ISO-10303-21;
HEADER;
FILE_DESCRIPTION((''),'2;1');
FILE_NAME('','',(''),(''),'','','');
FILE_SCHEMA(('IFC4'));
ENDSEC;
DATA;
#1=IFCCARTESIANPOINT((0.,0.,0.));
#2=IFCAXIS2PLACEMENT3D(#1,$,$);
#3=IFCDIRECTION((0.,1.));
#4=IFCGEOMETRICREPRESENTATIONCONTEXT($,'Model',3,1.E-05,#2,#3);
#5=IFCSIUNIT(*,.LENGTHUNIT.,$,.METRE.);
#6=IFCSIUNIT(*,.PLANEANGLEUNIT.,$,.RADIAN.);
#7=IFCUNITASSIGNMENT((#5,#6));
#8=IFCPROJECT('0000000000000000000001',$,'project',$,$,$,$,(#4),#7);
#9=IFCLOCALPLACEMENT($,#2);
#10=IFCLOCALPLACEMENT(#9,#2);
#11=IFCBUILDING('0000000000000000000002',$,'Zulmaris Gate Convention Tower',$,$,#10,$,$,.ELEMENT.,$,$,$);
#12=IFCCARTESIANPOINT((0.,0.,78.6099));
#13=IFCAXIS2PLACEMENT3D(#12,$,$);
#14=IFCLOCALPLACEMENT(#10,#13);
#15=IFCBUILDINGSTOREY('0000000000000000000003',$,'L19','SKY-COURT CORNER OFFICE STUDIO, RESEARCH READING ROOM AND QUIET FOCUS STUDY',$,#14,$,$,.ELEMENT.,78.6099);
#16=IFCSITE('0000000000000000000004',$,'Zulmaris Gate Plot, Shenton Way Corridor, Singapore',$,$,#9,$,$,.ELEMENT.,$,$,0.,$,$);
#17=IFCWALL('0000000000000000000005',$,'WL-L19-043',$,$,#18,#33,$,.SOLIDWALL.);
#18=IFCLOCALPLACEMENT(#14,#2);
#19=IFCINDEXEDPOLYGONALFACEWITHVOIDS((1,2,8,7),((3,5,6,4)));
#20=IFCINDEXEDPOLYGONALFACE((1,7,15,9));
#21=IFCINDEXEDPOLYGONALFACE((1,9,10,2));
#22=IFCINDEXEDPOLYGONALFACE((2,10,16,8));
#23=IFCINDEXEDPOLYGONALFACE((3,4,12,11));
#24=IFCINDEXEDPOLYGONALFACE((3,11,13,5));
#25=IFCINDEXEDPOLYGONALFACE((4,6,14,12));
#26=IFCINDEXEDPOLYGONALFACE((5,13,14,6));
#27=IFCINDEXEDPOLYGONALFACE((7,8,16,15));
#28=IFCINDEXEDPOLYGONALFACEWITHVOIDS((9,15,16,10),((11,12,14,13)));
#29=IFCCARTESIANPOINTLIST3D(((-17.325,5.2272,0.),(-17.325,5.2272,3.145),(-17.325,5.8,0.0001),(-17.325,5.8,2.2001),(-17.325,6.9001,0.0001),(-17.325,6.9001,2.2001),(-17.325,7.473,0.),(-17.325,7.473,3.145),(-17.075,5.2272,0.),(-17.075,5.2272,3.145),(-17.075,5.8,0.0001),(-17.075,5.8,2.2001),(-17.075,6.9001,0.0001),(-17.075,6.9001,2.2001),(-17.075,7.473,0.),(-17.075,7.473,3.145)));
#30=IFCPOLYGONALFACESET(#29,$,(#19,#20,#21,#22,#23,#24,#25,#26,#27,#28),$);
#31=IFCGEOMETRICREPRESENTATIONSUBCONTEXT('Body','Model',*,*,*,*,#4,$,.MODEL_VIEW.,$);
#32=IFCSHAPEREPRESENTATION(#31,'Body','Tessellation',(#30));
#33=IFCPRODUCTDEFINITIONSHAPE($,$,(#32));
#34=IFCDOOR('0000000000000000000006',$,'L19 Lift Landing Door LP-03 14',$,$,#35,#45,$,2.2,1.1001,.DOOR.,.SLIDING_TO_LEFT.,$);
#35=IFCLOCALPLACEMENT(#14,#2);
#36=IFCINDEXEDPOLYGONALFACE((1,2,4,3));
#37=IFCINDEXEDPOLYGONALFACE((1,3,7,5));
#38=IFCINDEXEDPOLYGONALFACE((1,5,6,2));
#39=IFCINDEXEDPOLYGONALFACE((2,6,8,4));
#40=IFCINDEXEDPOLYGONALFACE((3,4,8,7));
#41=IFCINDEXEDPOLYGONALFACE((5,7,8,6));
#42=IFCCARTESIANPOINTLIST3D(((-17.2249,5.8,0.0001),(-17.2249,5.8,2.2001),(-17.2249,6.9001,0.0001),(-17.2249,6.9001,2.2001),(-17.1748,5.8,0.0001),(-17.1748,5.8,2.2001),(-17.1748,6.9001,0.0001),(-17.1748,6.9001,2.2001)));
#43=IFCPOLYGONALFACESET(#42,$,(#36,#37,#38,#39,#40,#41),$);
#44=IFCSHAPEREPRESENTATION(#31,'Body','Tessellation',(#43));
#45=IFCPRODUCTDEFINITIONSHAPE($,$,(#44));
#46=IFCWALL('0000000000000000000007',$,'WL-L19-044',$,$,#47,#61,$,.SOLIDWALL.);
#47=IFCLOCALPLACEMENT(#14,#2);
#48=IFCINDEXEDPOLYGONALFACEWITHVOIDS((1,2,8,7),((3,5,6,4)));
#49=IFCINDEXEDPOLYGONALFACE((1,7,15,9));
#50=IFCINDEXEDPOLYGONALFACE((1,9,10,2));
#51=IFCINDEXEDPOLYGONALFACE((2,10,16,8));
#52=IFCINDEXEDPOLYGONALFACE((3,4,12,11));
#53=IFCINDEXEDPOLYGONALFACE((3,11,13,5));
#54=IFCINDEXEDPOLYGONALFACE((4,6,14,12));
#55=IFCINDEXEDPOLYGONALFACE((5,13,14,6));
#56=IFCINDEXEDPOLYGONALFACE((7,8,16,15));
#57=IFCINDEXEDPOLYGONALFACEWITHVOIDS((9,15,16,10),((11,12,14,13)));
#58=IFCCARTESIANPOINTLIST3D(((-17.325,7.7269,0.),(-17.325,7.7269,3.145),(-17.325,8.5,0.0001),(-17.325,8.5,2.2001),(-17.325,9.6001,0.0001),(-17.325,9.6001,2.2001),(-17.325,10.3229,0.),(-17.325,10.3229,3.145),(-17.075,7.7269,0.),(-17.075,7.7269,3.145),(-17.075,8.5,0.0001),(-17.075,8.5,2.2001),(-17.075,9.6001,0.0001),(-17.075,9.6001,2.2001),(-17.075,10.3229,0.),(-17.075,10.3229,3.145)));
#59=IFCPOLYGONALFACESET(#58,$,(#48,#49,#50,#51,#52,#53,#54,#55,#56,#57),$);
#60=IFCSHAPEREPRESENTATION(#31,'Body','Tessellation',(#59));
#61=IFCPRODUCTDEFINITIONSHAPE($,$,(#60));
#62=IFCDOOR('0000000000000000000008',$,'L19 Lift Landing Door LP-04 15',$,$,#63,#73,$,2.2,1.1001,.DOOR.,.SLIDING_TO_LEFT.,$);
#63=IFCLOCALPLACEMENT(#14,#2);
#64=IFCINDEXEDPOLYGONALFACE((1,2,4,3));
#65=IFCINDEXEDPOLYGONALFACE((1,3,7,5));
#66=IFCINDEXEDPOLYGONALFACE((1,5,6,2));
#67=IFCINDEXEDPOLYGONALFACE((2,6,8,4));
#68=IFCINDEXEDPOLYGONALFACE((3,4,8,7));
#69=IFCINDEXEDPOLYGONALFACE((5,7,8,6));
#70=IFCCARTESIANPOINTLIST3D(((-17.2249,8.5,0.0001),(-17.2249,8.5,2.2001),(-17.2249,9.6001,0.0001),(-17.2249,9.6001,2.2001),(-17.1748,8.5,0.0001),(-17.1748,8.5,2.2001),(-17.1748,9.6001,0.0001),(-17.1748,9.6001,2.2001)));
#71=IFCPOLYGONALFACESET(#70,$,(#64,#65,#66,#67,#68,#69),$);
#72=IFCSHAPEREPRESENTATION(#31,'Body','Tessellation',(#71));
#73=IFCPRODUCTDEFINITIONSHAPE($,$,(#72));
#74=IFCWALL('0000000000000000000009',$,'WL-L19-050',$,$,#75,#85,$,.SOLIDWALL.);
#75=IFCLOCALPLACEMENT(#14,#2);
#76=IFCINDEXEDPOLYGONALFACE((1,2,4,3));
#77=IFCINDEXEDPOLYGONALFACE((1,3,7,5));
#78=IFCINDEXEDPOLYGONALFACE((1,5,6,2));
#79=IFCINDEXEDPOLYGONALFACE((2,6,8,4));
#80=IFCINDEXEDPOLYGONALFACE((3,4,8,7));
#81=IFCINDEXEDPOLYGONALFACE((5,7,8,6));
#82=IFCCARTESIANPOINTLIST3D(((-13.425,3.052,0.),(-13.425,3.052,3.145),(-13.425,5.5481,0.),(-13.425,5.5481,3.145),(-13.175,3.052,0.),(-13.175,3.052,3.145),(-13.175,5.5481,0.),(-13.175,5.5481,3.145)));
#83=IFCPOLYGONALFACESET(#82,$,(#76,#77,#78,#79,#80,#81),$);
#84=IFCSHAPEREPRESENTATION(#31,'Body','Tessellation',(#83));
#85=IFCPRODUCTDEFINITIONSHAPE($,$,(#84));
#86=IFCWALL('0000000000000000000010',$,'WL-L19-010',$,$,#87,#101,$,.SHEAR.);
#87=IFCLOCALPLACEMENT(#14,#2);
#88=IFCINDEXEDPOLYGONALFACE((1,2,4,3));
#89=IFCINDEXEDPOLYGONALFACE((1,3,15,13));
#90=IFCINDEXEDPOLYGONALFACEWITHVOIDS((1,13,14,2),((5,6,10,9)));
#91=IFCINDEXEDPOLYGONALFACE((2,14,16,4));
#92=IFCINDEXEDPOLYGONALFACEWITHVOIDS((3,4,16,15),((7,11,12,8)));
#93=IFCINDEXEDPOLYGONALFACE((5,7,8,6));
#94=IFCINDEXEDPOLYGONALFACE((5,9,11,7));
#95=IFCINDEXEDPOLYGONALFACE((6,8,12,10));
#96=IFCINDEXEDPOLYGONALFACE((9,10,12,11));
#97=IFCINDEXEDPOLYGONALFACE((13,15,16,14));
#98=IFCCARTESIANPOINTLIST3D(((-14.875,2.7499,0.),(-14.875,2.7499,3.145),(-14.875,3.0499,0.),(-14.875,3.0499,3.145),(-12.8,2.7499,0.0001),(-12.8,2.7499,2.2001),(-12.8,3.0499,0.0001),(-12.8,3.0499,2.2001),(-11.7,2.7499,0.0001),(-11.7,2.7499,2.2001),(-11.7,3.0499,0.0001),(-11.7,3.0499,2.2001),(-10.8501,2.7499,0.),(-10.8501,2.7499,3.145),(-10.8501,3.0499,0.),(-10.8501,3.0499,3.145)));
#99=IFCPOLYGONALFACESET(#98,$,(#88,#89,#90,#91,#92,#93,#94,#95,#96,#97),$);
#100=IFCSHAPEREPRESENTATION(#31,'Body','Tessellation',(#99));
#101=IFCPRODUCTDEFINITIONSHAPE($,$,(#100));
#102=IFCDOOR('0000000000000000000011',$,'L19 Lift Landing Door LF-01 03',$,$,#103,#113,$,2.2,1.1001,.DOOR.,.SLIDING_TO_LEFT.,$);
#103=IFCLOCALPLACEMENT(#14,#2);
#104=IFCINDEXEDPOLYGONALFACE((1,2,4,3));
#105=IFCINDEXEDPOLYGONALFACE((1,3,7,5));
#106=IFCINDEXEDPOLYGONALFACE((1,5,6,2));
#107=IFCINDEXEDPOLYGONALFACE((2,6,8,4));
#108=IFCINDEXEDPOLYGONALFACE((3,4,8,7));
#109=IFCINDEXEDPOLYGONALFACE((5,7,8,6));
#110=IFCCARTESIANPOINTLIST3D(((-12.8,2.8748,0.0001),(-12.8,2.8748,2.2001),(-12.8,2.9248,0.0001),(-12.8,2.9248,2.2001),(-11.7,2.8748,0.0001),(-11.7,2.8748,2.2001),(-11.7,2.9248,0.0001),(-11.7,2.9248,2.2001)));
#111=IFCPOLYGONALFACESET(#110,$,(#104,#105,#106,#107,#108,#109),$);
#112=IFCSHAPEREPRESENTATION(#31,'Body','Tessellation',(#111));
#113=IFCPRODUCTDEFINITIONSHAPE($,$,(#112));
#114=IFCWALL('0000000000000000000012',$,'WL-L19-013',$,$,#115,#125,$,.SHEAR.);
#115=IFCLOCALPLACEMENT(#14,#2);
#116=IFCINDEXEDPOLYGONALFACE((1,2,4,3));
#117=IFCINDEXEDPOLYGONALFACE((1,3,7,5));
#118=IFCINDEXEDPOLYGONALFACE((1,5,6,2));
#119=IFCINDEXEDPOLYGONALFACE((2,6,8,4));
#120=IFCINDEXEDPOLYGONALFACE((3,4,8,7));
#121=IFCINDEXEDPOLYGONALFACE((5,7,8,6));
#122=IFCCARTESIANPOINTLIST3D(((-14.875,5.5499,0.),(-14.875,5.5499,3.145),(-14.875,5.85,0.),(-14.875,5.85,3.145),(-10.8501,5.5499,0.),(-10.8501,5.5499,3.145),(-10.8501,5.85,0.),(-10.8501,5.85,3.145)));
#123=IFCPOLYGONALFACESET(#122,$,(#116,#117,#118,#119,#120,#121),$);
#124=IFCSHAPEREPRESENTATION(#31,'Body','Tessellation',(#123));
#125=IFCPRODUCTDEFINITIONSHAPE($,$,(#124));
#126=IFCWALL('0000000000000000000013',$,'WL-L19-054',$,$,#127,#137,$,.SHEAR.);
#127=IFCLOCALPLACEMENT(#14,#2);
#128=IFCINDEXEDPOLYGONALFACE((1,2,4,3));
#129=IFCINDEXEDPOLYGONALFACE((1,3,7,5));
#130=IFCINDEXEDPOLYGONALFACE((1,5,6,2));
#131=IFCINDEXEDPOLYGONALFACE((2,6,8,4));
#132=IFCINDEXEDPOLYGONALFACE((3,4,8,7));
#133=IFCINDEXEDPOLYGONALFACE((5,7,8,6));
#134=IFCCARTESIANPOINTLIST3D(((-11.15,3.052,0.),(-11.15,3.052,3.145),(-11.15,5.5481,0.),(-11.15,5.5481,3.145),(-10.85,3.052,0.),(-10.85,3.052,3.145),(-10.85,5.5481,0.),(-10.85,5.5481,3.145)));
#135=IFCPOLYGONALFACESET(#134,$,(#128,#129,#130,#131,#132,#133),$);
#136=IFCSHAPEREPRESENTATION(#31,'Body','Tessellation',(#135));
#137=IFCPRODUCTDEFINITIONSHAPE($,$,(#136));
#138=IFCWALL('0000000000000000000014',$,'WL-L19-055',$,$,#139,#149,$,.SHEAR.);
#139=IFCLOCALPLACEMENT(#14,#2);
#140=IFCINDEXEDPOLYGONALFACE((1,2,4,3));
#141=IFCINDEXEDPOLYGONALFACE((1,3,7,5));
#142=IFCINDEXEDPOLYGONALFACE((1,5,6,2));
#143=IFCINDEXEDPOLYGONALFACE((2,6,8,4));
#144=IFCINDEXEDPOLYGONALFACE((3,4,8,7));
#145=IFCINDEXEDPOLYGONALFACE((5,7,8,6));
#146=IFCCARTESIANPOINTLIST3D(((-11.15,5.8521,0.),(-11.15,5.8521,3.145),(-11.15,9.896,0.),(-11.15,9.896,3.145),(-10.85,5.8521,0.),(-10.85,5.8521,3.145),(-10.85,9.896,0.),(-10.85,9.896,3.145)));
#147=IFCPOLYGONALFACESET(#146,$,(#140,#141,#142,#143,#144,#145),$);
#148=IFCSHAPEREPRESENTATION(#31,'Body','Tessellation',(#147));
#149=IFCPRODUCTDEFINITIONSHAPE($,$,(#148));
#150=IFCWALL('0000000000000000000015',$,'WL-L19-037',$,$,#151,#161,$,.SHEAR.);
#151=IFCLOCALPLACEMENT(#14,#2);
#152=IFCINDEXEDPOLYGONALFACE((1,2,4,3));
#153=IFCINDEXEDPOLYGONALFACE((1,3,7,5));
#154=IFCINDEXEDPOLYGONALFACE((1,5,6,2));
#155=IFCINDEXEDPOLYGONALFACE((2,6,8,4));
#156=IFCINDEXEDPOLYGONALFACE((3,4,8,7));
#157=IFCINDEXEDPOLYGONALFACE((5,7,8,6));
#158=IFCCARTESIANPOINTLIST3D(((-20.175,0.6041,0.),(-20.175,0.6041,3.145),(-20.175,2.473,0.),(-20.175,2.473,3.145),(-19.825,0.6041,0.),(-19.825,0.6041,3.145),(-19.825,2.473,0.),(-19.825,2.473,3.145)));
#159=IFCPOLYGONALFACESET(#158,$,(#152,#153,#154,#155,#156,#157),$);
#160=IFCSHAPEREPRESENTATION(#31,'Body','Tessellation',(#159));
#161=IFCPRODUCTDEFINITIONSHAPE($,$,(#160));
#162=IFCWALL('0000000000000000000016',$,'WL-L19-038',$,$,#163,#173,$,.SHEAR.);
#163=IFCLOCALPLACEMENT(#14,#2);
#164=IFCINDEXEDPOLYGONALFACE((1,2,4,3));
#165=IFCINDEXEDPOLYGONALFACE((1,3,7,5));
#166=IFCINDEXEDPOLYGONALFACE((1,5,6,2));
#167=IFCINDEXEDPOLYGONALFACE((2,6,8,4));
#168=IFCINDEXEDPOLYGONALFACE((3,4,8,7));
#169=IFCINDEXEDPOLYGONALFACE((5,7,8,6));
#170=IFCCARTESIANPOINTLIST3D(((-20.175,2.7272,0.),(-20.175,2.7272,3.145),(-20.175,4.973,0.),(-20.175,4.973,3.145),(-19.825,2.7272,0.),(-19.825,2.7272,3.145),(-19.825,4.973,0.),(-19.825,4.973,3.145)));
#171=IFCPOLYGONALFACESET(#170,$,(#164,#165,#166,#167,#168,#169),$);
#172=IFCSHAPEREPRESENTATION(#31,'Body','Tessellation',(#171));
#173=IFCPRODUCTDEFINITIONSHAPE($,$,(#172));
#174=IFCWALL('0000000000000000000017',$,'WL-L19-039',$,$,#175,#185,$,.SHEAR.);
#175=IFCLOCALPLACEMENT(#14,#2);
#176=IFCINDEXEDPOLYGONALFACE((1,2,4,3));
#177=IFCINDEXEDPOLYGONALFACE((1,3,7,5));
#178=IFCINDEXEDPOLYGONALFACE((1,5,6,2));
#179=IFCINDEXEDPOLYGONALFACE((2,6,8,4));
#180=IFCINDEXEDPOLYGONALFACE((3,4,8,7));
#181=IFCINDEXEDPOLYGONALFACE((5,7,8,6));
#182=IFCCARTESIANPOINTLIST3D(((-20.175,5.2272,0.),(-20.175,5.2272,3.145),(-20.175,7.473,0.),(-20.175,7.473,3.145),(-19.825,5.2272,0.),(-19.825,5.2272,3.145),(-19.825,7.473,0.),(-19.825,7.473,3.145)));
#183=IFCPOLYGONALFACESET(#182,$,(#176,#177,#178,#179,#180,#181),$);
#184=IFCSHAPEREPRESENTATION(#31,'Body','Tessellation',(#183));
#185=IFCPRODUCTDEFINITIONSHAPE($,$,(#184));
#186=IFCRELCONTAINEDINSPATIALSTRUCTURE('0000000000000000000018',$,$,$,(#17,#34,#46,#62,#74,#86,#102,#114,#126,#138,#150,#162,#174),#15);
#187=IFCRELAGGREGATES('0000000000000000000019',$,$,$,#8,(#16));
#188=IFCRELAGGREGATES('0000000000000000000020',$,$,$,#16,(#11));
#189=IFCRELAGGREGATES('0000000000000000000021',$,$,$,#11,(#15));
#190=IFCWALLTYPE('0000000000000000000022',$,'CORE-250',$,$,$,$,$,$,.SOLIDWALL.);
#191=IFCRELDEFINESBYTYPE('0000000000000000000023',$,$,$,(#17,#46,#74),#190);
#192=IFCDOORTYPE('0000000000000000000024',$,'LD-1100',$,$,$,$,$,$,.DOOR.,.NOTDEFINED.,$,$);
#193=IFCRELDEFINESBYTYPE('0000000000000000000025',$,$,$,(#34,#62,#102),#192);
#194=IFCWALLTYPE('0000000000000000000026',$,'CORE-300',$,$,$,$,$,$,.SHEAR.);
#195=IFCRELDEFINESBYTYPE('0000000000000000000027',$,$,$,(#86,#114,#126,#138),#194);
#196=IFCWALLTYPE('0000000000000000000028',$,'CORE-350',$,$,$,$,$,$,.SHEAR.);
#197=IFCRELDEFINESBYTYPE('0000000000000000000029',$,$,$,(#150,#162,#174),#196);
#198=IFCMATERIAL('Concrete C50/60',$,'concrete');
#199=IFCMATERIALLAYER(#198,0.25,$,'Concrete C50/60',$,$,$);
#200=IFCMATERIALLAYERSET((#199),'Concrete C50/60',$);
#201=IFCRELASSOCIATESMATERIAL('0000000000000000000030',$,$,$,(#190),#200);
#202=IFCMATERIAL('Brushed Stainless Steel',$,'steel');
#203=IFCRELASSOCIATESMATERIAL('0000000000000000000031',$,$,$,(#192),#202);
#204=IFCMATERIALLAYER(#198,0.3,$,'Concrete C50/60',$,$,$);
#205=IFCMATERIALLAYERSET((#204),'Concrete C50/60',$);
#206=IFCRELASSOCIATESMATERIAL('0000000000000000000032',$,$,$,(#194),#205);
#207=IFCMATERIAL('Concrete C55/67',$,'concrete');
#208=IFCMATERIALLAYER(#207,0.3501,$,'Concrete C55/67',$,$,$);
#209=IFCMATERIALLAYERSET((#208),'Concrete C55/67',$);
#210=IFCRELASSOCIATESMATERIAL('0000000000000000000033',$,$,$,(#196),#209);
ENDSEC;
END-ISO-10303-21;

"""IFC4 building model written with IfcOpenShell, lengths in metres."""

from ifc_helpers import new_model, si_unit, direction, frame, frame_2d, origin, place, context, subcontext, project, spatial, rectangle, extrude, material, layer, layer_set, type_object, element, fill, save


model = new_model("IFC4")

# Units and contexts
model_context = context("Model", 3, precision=1e-05, world=origin(), true_north=direction((0.0, 1.0)))
body_context = subcontext(model_context, "Body", "Model", "MODEL_VIEW")
ifc_project = project(units=[si_unit("LENGTHUNIT", "METRE"), si_unit("PLANEANGLEUNIT", "RADIAN")], contexts=[model_context])

# Site, building, storey
site_placement = place(None, origin())
site = spatial("IfcSite", under=ifc_project, at=site_placement, Name="Zulmaris Gate Plot, Shenton Way Corridor, Singapore", CompositionType="ELEMENT", RefElevation=0.0)
building_placement = place(site_placement, origin())
building = spatial("IfcBuilding", under=site, at=building_placement, Name="Zulmaris Gate Convention Tower", CompositionType="ELEMENT")
storey_placement = place(building_placement, frame((0.0, 0.0, 78.6099)))
storey = spatial("IfcBuildingStorey", under=building, at=storey_placement, Name="L19", Description="SKY-COURT CORNER OFFICE STUDIO, RESEARCH READING ROOM AND QUIET FOCUS STUDY", CompositionType="ELEMENT", Elevation=78.6099)

# Shared definitions
ifc_material_1 = material(Name="Concrete C50/60", Category="concrete")
ifc_layer_1 = layer(ifc_material_1, 0.25, Name="Concrete C50/60")
ifc_layer_set_1 = layer_set([ifc_layer_1], Name="Concrete C50/60")
wall_type_1 = type_object("IfcWallType", Name="CORE-250", PredefinedType="SOLIDWALL", material=ifc_layer_set_1)

# Walls, openings, doors
ifc_material_2 = material(Name="Brushed Stainless Steel", Category="steel")
door_type_1 = type_object("IfcDoorType", Name="LD-1100", OperationType="NOTDEFINED", PredefinedType="DOOR", material=ifc_material_2)
wall_1_placement = place(storey_placement, frame((-17.2, 5.2271, 0.0), z_axis=(0.0, 0.0, 1.0), x_axis=(0.0, 1.0, 0.0)))
wall_1 = element("IfcWall", 1, at=wall_1_placement, inside=storey, type_object=wall_type_1, Name="WL-L19-043", PredefinedType="SOLIDWALL", context=body_context, shape_type="SweptSolid", body=[
    extrude(rectangle(XDim=2.2458, YDim=0.25, at=frame_2d((1.123, 0.0))), origin(), (0.0, 0.0, 1.0), 3.145),
])
opening_1_placement = place(wall_1_placement, frame((0.573, 0.0, 0.0)))
opening_1 = element("IfcOpeningElement", 2, at=opening_1_placement, cuts=wall_1, PredefinedType="OPENING", context=body_context, shape_type="SweptSolid", body=[
    extrude(rectangle(XDim=1.1001, YDim=2.2, at=frame_2d((0.55, 1.1001))), frame((0.0, 0.135, 0.0), z_axis=(0.0, -1.0, 0.0), x_axis=(1.0, 0.0, 0.0)), (0.0, 0.0, 1.0), 0.27),
])
door_1_placement = place(opening_1_placement, origin())
door_1 = element("IfcDoor", 3, at=door_1_placement, inside=storey, type_object=door_type_1, Name="L19 Lift Landing Door LP-03 14", OperationType="SLIDING_TO_LEFT", OverallHeight=2.2, OverallWidth=1.1001, PredefinedType="DOOR", context=body_context, shape_type="SweptSolid", body=[
    extrude(rectangle(XDim=1.1001, YDim=2.2, at=frame_2d((0.55, 1.1001))), frame((0.0, 0.0249, 0.0), z_axis=(0.0, -1.0, 0.0), x_axis=(1.0, 0.0, 0.0)), (0.0, 0.0, 1.0), 0.05),
])
fill(opening_1, door_1)
wall_2_placement = place(storey_placement, frame((-17.2, 7.7271, 0.0), z_axis=(0.0, 0.0, 1.0), x_axis=(0.0, 1.0, 0.0)))
wall_2 = element("IfcWall", 4, at=wall_2_placement, inside=storey, type_object=wall_type_1, Name="WL-L19-044", PredefinedType="SOLIDWALL", context=body_context, shape_type="SweptSolid", body=[
    extrude(rectangle(XDim=2.5959, YDim=0.25, at=frame_2d((1.2979, 0.0))), origin(), (0.0, 0.0, 1.0), 3.145),
])
opening_2_placement = place(wall_2_placement, frame((0.7729, 0.0, 0.0)))
opening_2 = element("IfcOpeningElement", 5, at=opening_2_placement, cuts=wall_2, PredefinedType="OPENING", context=body_context, shape_type="SweptSolid", body=[
    extrude(rectangle(XDim=1.1001, YDim=2.2, at=frame_2d((0.55, 1.1001))), frame((0.0, 0.135, 0.0), z_axis=(0.0, -1.0, 0.0), x_axis=(1.0, 0.0, 0.0)), (0.0, 0.0, 1.0), 0.27),
])
door_2_placement = place(opening_2_placement, origin())
door_2 = element("IfcDoor", 6, at=door_2_placement, inside=storey, type_object=door_type_1, Name="L19 Lift Landing Door LP-04 15", OperationType="SLIDING_TO_LEFT", OverallHeight=2.2, OverallWidth=1.1001, PredefinedType="DOOR", context=body_context, shape_type="SweptSolid", body=[
    extrude(rectangle(XDim=1.1001, YDim=2.2, at=frame_2d((0.55, 1.1001))), frame((0.0, 0.0249, 0.0), z_axis=(0.0, -1.0, 0.0), x_axis=(1.0, 0.0, 0.0)), (0.0, 0.0, 1.0), 0.05),
])
fill(opening_2, door_2)

# Wall
wall_3_placement = place(storey_placement, frame((-13.3, 3.052, 0.0), z_axis=(0.0, 0.0, 1.0), x_axis=(0.0, 1.0, 0.0)))
element("IfcWall", 7, at=wall_3_placement, inside=storey, type_object=wall_type_1, Name="WL-L19-050", PredefinedType="SOLIDWALL", context=body_context, shape_type="SweptSolid", body=[
    extrude(rectangle(XDim=2.4961, YDim=0.25, at=frame_2d((1.248, 0.0))), origin(), (0.0, 0.0, 1.0), 3.145),
])

# Wall, opening, door
ifc_layer_2 = layer(ifc_material_1, 0.3, Name="Concrete C50/60")
ifc_layer_set_2 = layer_set([ifc_layer_2], Name="Concrete C50/60")
wall_type_2 = type_object("IfcWallType", Name="CORE-300", PredefinedType="SHEAR", material=ifc_layer_set_2)
wall_4_placement = place(storey_placement, frame((-14.875, 2.8999, 0.0), z_axis=(0.0, 0.0, 1.0), x_axis=(1.0, 0.0, 0.0)))
wall_4 = element("IfcWall", 8, at=wall_4_placement, inside=storey, type_object=wall_type_2, Name="WL-L19-010", PredefinedType="SHEAR", context=body_context, shape_type="SweptSolid", body=[
    extrude(rectangle(XDim=4.0249, YDim=0.3, at=frame_2d((2.0125, 0.0))), origin(), (0.0, 0.0, 1.0), 3.145),
])
opening_3_placement = place(wall_4_placement, frame((2.075, 0.0, 0.0)))
opening_3 = element("IfcOpeningElement", 9, at=opening_3_placement, cuts=wall_4, PredefinedType="OPENING", context=body_context, shape_type="SweptSolid", body=[
    extrude(rectangle(XDim=1.1001, YDim=2.2, at=frame_2d((0.55, 1.1001))), frame((0.0, 0.1602, 0.0), z_axis=(0.0, -1.0, 0.0), x_axis=(1.0, 0.0, 0.0)), (0.0, 0.0, 1.0), 0.3201),
])
door_3_placement = place(opening_3_placement, origin())
door_3 = element("IfcDoor", 10, at=door_3_placement, inside=storey, type_object=door_type_1, Name="L19 Lift Landing Door LF-01 03", OperationType="SLIDING_TO_LEFT", OverallHeight=2.2, OverallWidth=1.1001, PredefinedType="DOOR", context=body_context, shape_type="SweptSolid", body=[
    extrude(rectangle(XDim=1.1001, YDim=2.2, at=frame_2d((0.55, 1.1001))), frame((0.0, 0.0249, 0.0), z_axis=(0.0, -1.0, 0.0), x_axis=(1.0, 0.0, 0.0)), (0.0, 0.0, 1.0), 0.05),
])
fill(opening_3, door_3)

# Wall
wall_5_placement = place(storey_placement, frame((-14.875, 5.7, 0.0), z_axis=(0.0, 0.0, 1.0), x_axis=(1.0, 0.0, 0.0)))
element("IfcWall", 11, at=wall_5_placement, inside=storey, type_object=wall_type_2, Name="WL-L19-013", PredefinedType="SHEAR", context=body_context, shape_type="SweptSolid", body=[
    extrude(rectangle(XDim=4.0249, YDim=0.3, at=frame_2d((2.0125, 0.0))), origin(), (0.0, 0.0, 1.0), 3.145),
])

# Walls
wall_6_placement = place(storey_placement, frame((-11.0, 3.052, 0.0), z_axis=(0.0, 0.0, 1.0), x_axis=(0.0, 1.0, 0.0)))
element("IfcWall", 12, at=wall_6_placement, inside=storey, type_object=wall_type_2, Name="WL-L19-054", PredefinedType="SHEAR", context=body_context, shape_type="SweptSolid", body=[
    extrude(rectangle(XDim=2.4961, YDim=0.3, at=frame_2d((1.248, 0.0))), origin(), (0.0, 0.0, 1.0), 3.145),
])
wall_7_placement = place(storey_placement, frame((-11.0, 5.8521, 0.0), z_axis=(0.0, 0.0, 1.0), x_axis=(0.0, 1.0, 0.0)))
element("IfcWall", 13, at=wall_7_placement, inside=storey, type_object=wall_type_2, Name="WL-L19-055", PredefinedType="SHEAR", context=body_context, shape_type="SweptSolid", body=[
    extrude(rectangle(XDim=4.0439, YDim=0.3, at=frame_2d((2.022, 0.0))), origin(), (0.0, 0.0, 1.0), 3.145),
])
ifc_material_3 = material(Name="Concrete C55/67", Category="concrete")
ifc_layer_3 = layer(ifc_material_3, 0.3501, Name="Concrete C55/67")
ifc_layer_set_3 = layer_set([ifc_layer_3], Name="Concrete C55/67")
wall_type_3 = type_object("IfcWallType", Name="CORE-350", PredefinedType="SHEAR", material=ifc_layer_set_3)
wall_8_placement = place(storey_placement, frame((-20.0, 0.604, 0.0), z_axis=(0.0, 0.0, 1.0), x_axis=(0.0, 1.0, 0.0)))
element("IfcWall", 14, at=wall_8_placement, inside=storey, type_object=wall_type_3, Name="WL-L19-037", PredefinedType="SHEAR", context=body_context, shape_type="SweptSolid", body=[
    extrude(rectangle(XDim=1.8689, YDim=0.3501, at=frame_2d((0.9346, 0.0))), origin(), (0.0, 0.0, 1.0), 3.145),
])
for number, where, z_axis, x_axis, name in (
    (15, (-20.0, 2.7271, 0.0), (0.0, 0.0, 1.0), (0.0, 1.0, 0.0), "WL-L19-038"),
    (16, (-20.0, 5.2271, 0.0), (0.0, 0.0, 1.0), (0.0, 1.0, 0.0), "WL-L19-039"),
):
    element("IfcWall", number, at=place(storey_placement, frame(where, z_axis=z_axis, x_axis=x_axis)), inside=storey, type_object=wall_type_3, Name=name, PredefinedType="SHEAR", context=body_context, shape_type="SweptSolid", body=[
        extrude(rectangle(XDim=2.2458, YDim=0.3501, at=frame_2d((1.123, 0.0))), origin(), (0.0, 0.0, 1.0), 3.145),
    ])

save(model, "model.ifc")
